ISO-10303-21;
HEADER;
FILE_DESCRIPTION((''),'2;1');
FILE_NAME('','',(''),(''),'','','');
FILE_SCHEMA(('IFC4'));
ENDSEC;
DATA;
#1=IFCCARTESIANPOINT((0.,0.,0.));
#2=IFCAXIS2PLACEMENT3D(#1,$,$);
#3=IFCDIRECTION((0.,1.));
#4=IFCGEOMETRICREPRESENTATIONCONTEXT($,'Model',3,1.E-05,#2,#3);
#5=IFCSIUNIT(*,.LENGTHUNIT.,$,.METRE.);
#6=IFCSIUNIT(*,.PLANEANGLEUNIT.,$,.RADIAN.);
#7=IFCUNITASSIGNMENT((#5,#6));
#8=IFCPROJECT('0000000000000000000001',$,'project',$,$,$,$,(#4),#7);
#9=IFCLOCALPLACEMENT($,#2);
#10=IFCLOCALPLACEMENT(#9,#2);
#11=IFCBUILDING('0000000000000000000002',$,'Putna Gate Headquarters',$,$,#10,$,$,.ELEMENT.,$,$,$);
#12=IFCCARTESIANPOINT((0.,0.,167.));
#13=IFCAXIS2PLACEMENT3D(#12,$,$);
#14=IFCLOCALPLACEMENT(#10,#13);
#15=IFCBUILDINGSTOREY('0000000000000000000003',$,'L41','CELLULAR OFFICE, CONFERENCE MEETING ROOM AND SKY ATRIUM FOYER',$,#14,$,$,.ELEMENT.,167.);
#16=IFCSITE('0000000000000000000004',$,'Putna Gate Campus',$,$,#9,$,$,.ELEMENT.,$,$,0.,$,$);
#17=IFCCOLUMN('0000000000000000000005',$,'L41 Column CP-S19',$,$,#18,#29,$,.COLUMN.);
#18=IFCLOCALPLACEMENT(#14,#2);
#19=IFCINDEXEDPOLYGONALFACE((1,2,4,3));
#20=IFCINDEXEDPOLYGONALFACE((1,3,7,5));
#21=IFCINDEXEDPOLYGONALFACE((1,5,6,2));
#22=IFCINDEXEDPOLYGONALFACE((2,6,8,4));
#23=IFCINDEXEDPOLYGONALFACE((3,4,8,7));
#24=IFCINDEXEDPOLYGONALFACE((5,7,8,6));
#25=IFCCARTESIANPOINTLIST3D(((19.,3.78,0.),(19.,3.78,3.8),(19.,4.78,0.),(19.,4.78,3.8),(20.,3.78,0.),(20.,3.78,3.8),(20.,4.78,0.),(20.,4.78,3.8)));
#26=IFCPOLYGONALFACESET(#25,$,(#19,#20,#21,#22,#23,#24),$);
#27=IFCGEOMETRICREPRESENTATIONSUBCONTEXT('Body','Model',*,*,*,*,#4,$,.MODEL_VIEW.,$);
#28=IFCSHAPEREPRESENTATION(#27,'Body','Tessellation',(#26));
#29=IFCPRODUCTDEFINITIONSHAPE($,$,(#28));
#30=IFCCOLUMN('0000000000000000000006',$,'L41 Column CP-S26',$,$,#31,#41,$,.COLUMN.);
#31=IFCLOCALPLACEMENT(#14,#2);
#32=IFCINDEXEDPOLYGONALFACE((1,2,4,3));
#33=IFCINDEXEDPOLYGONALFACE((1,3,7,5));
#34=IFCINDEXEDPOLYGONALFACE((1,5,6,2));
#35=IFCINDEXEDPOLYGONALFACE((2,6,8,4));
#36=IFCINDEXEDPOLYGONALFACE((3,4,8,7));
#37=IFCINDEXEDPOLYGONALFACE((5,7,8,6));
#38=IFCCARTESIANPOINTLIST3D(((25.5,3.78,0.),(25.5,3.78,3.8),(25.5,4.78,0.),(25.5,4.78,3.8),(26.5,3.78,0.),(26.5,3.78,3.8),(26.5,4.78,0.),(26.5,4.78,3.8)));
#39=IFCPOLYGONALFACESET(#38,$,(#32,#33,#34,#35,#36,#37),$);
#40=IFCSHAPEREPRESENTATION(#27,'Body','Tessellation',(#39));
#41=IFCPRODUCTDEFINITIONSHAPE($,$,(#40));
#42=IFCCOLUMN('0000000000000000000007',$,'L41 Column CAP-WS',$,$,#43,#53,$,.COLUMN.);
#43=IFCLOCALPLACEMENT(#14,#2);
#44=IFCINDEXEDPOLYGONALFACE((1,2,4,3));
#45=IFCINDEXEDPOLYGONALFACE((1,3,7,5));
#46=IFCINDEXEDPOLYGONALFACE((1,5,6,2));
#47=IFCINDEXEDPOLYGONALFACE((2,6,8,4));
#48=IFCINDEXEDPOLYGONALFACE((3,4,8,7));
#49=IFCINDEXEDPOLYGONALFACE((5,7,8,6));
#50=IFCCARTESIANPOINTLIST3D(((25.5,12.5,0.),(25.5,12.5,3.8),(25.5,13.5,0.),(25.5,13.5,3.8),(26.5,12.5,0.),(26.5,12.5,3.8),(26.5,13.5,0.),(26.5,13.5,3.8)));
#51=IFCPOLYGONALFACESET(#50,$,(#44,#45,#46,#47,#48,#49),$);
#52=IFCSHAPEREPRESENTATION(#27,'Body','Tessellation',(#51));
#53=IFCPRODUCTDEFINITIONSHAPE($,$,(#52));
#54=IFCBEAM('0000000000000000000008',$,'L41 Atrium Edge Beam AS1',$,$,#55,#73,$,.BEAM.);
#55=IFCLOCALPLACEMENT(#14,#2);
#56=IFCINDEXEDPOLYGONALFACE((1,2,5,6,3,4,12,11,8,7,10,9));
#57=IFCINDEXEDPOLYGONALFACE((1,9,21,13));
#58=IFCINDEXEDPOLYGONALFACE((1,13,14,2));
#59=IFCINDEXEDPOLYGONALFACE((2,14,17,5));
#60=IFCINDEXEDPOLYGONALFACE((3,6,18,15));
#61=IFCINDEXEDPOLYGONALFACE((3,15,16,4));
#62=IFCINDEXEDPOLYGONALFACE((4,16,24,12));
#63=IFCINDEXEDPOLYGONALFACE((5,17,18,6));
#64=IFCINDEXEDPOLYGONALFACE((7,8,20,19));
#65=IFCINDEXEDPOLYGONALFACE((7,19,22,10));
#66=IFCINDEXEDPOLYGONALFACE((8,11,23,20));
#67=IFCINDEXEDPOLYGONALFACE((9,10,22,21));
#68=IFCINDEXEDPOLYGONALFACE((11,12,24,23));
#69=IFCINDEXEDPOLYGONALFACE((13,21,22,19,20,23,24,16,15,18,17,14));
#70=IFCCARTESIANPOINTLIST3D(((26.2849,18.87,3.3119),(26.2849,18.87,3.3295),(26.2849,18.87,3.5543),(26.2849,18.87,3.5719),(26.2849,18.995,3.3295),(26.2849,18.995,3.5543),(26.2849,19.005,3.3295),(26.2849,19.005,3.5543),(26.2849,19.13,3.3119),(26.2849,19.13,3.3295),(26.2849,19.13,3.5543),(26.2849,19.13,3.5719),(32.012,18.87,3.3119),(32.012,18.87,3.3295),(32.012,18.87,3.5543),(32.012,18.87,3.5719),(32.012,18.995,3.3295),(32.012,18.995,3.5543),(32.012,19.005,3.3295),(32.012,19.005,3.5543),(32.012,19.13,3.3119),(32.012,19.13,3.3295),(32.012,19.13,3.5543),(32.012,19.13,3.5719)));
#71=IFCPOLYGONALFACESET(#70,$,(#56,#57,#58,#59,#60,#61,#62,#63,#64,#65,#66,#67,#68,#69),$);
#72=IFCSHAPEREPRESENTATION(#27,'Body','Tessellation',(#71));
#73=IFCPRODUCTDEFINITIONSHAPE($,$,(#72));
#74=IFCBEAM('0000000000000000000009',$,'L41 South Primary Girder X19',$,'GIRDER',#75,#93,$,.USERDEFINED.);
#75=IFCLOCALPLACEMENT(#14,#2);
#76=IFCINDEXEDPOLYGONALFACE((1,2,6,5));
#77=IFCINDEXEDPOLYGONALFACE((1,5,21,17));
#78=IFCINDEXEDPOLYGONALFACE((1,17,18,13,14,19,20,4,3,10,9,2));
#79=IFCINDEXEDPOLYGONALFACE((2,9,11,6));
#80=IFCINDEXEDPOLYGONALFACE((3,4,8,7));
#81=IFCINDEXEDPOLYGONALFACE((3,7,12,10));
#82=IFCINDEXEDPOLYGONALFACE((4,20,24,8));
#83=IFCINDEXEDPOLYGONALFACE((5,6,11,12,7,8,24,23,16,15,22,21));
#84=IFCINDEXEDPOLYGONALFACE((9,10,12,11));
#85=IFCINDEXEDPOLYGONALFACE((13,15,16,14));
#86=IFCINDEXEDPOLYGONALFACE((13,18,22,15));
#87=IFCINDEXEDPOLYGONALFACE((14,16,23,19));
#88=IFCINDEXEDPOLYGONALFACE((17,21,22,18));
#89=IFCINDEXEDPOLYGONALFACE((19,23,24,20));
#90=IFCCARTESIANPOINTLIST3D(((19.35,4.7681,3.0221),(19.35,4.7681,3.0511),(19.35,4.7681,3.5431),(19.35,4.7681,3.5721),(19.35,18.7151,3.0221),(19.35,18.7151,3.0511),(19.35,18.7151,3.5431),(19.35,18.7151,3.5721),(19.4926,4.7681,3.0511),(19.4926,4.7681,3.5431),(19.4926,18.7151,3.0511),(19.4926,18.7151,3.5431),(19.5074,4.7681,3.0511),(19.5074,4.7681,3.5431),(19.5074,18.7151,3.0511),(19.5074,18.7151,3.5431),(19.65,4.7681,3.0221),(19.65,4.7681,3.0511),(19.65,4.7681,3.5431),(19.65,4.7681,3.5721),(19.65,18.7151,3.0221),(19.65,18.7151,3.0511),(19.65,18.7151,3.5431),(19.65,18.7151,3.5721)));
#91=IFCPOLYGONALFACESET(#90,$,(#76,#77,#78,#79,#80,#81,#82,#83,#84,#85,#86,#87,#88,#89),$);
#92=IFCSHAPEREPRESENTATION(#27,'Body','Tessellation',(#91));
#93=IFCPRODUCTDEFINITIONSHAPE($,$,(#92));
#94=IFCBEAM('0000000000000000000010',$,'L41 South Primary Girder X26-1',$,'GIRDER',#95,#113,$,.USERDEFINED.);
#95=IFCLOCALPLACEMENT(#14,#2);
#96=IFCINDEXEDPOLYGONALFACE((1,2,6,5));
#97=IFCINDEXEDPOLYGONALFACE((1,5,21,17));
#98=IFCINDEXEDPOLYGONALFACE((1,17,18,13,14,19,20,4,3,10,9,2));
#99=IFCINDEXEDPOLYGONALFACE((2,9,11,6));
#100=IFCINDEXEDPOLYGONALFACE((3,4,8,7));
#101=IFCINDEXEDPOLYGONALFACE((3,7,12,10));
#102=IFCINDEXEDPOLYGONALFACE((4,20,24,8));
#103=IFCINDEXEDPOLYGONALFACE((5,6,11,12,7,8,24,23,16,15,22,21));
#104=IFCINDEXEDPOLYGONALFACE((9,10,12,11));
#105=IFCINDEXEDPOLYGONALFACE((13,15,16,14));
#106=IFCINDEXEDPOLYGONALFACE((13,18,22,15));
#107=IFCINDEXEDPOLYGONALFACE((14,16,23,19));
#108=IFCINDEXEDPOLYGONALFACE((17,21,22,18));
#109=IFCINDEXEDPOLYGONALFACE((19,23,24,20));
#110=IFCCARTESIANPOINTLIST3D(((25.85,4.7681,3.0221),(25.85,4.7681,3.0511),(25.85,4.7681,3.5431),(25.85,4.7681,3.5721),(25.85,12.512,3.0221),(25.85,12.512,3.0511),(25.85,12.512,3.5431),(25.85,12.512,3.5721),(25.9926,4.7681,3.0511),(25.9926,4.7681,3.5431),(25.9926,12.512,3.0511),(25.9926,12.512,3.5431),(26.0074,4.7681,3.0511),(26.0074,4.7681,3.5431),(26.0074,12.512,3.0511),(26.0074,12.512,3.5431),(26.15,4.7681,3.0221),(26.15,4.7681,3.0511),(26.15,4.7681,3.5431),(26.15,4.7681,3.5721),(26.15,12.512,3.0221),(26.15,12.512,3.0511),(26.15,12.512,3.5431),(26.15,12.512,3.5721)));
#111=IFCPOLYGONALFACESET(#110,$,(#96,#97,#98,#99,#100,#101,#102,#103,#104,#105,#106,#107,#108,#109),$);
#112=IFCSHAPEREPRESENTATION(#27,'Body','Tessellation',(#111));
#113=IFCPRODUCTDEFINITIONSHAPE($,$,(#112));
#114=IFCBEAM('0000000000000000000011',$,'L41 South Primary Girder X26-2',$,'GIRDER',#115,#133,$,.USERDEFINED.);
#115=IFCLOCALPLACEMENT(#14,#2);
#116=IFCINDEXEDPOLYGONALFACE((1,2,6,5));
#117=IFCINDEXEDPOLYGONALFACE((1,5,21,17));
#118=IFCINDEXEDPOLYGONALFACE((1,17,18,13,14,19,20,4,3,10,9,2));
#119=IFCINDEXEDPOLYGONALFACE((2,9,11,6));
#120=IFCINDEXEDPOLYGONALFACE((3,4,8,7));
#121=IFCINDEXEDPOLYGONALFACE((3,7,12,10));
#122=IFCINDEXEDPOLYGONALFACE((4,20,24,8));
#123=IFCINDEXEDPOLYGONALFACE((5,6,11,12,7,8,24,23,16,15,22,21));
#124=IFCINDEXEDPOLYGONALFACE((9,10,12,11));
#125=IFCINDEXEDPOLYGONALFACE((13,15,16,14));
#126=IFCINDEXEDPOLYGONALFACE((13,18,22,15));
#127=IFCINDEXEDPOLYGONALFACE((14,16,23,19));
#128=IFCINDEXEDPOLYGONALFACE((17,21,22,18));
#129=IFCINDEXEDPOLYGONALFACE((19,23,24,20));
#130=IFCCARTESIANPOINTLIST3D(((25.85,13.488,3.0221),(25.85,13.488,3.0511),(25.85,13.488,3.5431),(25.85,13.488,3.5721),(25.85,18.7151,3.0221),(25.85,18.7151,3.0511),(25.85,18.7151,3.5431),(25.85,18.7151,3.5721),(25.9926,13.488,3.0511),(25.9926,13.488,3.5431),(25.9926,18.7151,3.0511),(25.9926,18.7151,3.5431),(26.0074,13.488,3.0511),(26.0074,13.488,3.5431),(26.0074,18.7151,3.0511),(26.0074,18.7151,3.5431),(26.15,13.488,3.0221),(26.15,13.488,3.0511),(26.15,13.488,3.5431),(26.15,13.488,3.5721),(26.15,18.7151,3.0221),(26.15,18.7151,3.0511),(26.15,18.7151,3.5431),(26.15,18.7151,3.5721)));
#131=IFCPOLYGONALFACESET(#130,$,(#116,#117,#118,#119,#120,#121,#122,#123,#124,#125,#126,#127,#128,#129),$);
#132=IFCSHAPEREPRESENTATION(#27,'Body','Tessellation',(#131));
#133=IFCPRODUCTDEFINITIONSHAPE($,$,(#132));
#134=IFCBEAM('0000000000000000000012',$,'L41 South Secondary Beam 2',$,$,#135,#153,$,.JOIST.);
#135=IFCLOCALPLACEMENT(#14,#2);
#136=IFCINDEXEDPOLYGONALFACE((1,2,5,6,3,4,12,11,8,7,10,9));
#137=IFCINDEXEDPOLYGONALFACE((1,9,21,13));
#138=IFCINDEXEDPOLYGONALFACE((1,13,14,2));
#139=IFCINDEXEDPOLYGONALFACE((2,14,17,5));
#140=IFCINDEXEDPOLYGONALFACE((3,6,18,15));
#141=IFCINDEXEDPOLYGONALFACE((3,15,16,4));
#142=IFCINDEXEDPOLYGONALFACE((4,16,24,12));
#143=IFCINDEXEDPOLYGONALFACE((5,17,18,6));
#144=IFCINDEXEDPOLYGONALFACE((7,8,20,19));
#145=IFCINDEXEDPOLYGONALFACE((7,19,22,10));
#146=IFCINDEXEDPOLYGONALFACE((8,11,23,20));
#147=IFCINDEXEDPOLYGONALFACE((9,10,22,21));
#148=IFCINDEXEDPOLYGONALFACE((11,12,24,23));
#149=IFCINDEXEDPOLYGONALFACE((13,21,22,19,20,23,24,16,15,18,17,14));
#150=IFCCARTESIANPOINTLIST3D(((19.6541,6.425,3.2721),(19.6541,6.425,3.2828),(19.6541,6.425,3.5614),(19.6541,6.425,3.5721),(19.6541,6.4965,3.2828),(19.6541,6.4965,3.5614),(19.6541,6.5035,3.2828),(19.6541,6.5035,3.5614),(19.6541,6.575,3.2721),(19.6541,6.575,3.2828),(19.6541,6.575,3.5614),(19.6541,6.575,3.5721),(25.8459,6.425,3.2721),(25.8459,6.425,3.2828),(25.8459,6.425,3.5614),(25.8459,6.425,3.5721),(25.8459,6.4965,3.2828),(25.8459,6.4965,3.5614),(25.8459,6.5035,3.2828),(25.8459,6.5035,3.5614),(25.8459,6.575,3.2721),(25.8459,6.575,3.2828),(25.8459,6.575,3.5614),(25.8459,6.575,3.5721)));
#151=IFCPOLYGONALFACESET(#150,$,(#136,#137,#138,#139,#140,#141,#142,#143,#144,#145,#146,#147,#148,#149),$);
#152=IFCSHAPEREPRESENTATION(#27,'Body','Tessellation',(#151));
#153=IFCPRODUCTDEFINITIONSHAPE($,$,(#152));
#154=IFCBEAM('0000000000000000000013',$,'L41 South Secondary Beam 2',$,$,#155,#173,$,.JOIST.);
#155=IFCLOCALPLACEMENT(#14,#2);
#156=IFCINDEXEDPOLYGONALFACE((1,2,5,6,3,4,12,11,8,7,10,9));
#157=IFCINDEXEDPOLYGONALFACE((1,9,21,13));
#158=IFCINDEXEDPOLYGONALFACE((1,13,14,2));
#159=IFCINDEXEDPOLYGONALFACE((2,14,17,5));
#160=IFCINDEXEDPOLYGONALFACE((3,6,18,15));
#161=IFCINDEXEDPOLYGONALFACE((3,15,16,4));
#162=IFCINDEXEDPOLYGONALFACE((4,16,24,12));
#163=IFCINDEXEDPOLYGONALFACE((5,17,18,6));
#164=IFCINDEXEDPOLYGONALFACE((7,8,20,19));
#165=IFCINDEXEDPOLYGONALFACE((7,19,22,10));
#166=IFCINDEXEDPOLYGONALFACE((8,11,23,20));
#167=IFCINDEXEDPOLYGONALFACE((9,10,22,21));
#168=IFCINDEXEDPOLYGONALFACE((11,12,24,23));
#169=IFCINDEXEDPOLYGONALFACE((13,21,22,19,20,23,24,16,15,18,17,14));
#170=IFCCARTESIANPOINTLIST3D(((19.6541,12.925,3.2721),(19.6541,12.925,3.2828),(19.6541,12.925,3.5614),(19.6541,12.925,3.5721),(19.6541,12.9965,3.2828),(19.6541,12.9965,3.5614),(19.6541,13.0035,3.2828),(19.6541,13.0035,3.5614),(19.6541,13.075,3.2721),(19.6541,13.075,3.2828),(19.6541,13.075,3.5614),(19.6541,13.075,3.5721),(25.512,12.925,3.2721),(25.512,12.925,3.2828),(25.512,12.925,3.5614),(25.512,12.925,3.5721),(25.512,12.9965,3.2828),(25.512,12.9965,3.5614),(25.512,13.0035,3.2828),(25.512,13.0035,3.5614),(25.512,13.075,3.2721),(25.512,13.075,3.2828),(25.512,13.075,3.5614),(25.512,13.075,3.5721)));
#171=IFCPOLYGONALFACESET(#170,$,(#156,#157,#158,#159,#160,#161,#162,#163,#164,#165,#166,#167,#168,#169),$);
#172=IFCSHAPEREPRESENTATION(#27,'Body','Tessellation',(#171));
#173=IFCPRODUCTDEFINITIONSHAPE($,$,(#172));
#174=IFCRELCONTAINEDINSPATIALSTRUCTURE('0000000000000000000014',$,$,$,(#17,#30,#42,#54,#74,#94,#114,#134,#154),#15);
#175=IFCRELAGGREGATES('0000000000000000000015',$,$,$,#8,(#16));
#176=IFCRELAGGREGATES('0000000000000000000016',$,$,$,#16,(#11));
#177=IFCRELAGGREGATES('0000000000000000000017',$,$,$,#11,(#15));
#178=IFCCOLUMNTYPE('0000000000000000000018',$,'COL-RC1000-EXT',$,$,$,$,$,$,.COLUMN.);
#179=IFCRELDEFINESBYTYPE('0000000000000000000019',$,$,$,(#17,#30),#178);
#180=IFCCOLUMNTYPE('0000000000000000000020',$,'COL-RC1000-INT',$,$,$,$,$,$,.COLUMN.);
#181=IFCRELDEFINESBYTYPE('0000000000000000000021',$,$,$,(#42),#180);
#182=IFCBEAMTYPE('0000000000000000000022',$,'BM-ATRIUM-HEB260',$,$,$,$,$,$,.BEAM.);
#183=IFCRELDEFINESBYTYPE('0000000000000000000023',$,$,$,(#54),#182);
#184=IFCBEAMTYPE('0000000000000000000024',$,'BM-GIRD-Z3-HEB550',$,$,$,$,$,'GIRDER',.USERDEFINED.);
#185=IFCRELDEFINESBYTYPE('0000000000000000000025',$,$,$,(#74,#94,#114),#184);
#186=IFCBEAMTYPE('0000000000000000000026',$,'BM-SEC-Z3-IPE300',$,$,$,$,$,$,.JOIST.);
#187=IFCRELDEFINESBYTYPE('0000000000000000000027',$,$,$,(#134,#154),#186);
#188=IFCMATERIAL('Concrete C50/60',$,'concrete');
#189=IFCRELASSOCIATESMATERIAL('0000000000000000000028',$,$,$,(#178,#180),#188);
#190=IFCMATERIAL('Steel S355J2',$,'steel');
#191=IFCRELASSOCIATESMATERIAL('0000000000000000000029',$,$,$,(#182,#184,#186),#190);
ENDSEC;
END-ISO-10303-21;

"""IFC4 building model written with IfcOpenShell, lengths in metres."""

from ifc_helpers import new_model, si_unit, direction, frame, origin, origin_2d, place, context, subcontext, project, spatial, rectangle, i_section, extrude, material, material_profile, profile_set, type_object, element, save


model = new_model("IFC4")

# Units and contexts
model_context = context("Model", 3, precision=1e-05, world=origin(), true_north=direction((0.0, 1.0)))
body_context = subcontext(model_context, "Body", "Model", "MODEL_VIEW")
ifc_project = project(units=[si_unit("LENGTHUNIT", "METRE"), si_unit("PLANEANGLEUNIT", "RADIAN")], contexts=[model_context])

# Site, building, storey
site_placement = place(None, origin())
site = spatial("IfcSite", under=ifc_project, at=site_placement, Name="Putna Gate Campus", CompositionType="ELEMENT", RefElevation=0.0)
building_placement = place(site_placement, origin())
building = spatial("IfcBuilding", under=site, at=building_placement, Name="Putna Gate Headquarters", CompositionType="ELEMENT")
storey_placement = place(building_placement, frame((0.0, 0.0, 167.0)))
storey = spatial("IfcBuildingStorey", under=building, at=storey_placement, Name="L41", Description="CELLULAR OFFICE, CONFERENCE MEETING ROOM AND SKY ATRIUM FOYER", CompositionType="ELEMENT", Elevation=167.0)

# Columns
ifc_material_1 = material(Name="Concrete C50/60", Category="concrete")
ifc_material_profile_1 = material_profile(ifc_material_1, rectangle(XDim=1.0, YDim=1.0, at=origin_2d()), Name="Concrete C50/60")
ifc_profile_set_1 = profile_set([ifc_material_profile_1], Name="Concrete C50/60")
column_type_1 = type_object("IfcColumnType", Name="COL-RC1000-EXT", PredefinedType="COLUMN", material=ifc_profile_set_1)
for number, where, z_axis, x_axis, name in (
    (1, (19.5, 4.28, 0.0), (0.0, 0.0, 1.0), (1.0, 0.0, 0.0), "L41 Column CP-S19"),
    (2, (26.0, 4.28, 0.0), (0.0, 0.0, 1.0), (1.0, 0.0, 0.0), "L41 Column CP-S26"),
):
    element("IfcColumn", number, at=place(storey_placement, frame(where, z_axis=z_axis, x_axis=x_axis)), inside=storey, type_object=column_type_1, Name=name, PredefinedType="COLUMN", context=body_context, shape_type="SweptSolid", body=[
        extrude(rectangle(XDim=1.0, YDim=1.0, at=origin_2d()), origin(), (0.0, 0.0, 1.0), 3.8),
    ])
ifc_material_profile_2 = material_profile(ifc_material_1, rectangle(XDim=1.0, YDim=1.0, at=origin_2d()), Name="Concrete C50/60")
ifc_profile_set_2 = profile_set([ifc_material_profile_2], Name="Concrete C50/60")
column_type_2 = type_object("IfcColumnType", Name="COL-RC1000-INT", PredefinedType="COLUMN", material=ifc_profile_set_2)
column_placement = place(storey_placement, frame((26.0, 13.0, 0.0), z_axis=(0.0, 0.0, 1.0), x_axis=(1.0, 0.0, 0.0)))
element("IfcColumn", 3, at=column_placement, inside=storey, type_object=column_type_2, Name="L41 Column CAP-WS", PredefinedType="COLUMN", context=body_context, shape_type="SweptSolid", body=[
    extrude(rectangle(XDim=1.0, YDim=1.0, at=origin_2d()), origin(), (0.0, 0.0, 1.0), 3.8),
])

# Beams
ifc_material_2 = material(Name="Steel S355J2", Category="steel")
ifc_material_profile_3 = material_profile(ifc_material_2, i_section(OverallWidth=0.26, OverallDepth=0.26, WebThickness=0.01, FlangeThickness=0.0176, at=origin_2d()), Name="Steel S355J2")
ifc_profile_set_3 = profile_set([ifc_material_profile_3], Name="Steel S355J2")
beam_type_1 = type_object("IfcBeamType", Name="BM-ATRIUM-HEB260", PredefinedType="BEAM", material=ifc_profile_set_3)
beam_1_placement = place(storey_placement, frame((26.2849, 19.0, 3.4419), z_axis=(1.0, 0.0, 0.0), x_axis=(0.0, 1.0, 0.0)))
element("IfcBeam", 4, at=beam_1_placement, inside=storey, type_object=beam_type_1, Name="L41 Atrium Edge Beam AS1", PredefinedType="BEAM", context=body_context, shape_type="SweptSolid", body=[
    extrude(i_section(OverallWidth=0.26, OverallDepth=0.26, WebThickness=0.01, FlangeThickness=0.0176, at=origin_2d()), origin(), (0.0, 0.0, 1.0), 5.7271),
])
ifc_material_profile_4 = material_profile(ifc_material_2, i_section(OverallWidth=0.3, OverallDepth=0.55, WebThickness=0.0149, FlangeThickness=0.0291, at=origin_2d()), Name="Steel S355J2")
ifc_profile_set_4 = profile_set([ifc_material_profile_4], Name="Steel S355J2")
beam_type_2 = type_object("IfcBeamType", Name="BM-GIRD-Z3-HEB550", ElementType="GIRDER", PredefinedType="USERDEFINED", material=ifc_profile_set_4)
beam_2_placement = place(storey_placement, frame((19.5, 4.7681, 3.2971), z_axis=(0.0, 1.0, 0.0), x_axis=(-1.0, 0.0, 0.0)))
element("IfcBeam", 5, at=beam_2_placement, inside=storey, type_object=beam_type_2, Name="L41 South Primary Girder X19", ObjectType="GIRDER", PredefinedType="USERDEFINED", context=body_context, shape_type="SweptSolid", body=[
    extrude(i_section(OverallWidth=0.3, OverallDepth=0.55, WebThickness=0.0149, FlangeThickness=0.0291, at=origin_2d()), origin(), (0.0, 0.0, 1.0), 13.947),
])
beam_3_placement = place(storey_placement, frame((26.0, 4.7681, 3.2971), z_axis=(0.0, 1.0, 0.0), x_axis=(-1.0, 0.0, 0.0)))
element("IfcBeam", 6, at=beam_3_placement, inside=storey, type_object=beam_type_2, Name="L41 South Primary Girder X26-1", ObjectType="GIRDER", PredefinedType="USERDEFINED", context=body_context, shape_type="SweptSolid", body=[
    extrude(i_section(OverallWidth=0.3, OverallDepth=0.55, WebThickness=0.0149, FlangeThickness=0.0291, at=origin_2d()), origin(), (0.0, 0.0, 1.0), 7.7439),
])
beam_4_placement = place(storey_placement, frame((26.0, 13.488, 3.2971), z_axis=(0.0, 1.0, 0.0), x_axis=(-1.0, 0.0, 0.0)))
element("IfcBeam", 7, at=beam_4_placement, inside=storey, type_object=beam_type_2, Name="L41 South Primary Girder X26-2", ObjectType="GIRDER", PredefinedType="USERDEFINED", context=body_context, shape_type="SweptSolid", body=[
    extrude(i_section(OverallWidth=0.3, OverallDepth=0.55, WebThickness=0.0149, FlangeThickness=0.0291, at=origin_2d()), origin(), (0.0, 0.0, 1.0), 5.2271),
])
ifc_material_profile_5 = material_profile(ifc_material_2, i_section(OverallWidth=0.1499, OverallDepth=0.3, WebThickness=0.0071, FlangeThickness=0.0107, at=origin_2d()), Name="Steel S355J2")
ifc_profile_set_5 = profile_set([ifc_material_profile_5], Name="Steel S355J2")
beam_type_3 = type_object("IfcBeamType", Name="BM-SEC-Z3-IPE300", PredefinedType="JOIST", material=ifc_profile_set_5)
beam_5_placement = place(storey_placement, frame((19.6541, 6.5, 3.4221), z_axis=(1.0, 0.0, 0.0), x_axis=(0.0, 1.0, 0.0)))
element("IfcBeam", 8, at=beam_5_placement, inside=storey, type_object=beam_type_3, Name="L41 South Secondary Beam 2", PredefinedType="JOIST", context=body_context, shape_type="SweptSolid", body=[
    extrude(i_section(OverallWidth=0.1499, OverallDepth=0.3, WebThickness=0.0071, FlangeThickness=0.0107, at=origin_2d()), origin(), (0.0, 0.0, 1.0), 6.1919),
])
beam_6_placement = place(storey_placement, frame((19.6541, 13.0, 3.4221), z_axis=(1.0, 0.0, 0.0), x_axis=(0.0, 1.0, 0.0)))
element("IfcBeam", 9, at=beam_6_placement, inside=storey, type_object=beam_type_3, Name="L41 South Secondary Beam 2", PredefinedType="JOIST", context=body_context, shape_type="SweptSolid", body=[
    extrude(i_section(OverallWidth=0.1499, OverallDepth=0.3, WebThickness=0.0071, FlangeThickness=0.0107, at=origin_2d()), origin(), (0.0, 0.0, 1.0), 5.8579),
])

save(model, "model.ifc")
